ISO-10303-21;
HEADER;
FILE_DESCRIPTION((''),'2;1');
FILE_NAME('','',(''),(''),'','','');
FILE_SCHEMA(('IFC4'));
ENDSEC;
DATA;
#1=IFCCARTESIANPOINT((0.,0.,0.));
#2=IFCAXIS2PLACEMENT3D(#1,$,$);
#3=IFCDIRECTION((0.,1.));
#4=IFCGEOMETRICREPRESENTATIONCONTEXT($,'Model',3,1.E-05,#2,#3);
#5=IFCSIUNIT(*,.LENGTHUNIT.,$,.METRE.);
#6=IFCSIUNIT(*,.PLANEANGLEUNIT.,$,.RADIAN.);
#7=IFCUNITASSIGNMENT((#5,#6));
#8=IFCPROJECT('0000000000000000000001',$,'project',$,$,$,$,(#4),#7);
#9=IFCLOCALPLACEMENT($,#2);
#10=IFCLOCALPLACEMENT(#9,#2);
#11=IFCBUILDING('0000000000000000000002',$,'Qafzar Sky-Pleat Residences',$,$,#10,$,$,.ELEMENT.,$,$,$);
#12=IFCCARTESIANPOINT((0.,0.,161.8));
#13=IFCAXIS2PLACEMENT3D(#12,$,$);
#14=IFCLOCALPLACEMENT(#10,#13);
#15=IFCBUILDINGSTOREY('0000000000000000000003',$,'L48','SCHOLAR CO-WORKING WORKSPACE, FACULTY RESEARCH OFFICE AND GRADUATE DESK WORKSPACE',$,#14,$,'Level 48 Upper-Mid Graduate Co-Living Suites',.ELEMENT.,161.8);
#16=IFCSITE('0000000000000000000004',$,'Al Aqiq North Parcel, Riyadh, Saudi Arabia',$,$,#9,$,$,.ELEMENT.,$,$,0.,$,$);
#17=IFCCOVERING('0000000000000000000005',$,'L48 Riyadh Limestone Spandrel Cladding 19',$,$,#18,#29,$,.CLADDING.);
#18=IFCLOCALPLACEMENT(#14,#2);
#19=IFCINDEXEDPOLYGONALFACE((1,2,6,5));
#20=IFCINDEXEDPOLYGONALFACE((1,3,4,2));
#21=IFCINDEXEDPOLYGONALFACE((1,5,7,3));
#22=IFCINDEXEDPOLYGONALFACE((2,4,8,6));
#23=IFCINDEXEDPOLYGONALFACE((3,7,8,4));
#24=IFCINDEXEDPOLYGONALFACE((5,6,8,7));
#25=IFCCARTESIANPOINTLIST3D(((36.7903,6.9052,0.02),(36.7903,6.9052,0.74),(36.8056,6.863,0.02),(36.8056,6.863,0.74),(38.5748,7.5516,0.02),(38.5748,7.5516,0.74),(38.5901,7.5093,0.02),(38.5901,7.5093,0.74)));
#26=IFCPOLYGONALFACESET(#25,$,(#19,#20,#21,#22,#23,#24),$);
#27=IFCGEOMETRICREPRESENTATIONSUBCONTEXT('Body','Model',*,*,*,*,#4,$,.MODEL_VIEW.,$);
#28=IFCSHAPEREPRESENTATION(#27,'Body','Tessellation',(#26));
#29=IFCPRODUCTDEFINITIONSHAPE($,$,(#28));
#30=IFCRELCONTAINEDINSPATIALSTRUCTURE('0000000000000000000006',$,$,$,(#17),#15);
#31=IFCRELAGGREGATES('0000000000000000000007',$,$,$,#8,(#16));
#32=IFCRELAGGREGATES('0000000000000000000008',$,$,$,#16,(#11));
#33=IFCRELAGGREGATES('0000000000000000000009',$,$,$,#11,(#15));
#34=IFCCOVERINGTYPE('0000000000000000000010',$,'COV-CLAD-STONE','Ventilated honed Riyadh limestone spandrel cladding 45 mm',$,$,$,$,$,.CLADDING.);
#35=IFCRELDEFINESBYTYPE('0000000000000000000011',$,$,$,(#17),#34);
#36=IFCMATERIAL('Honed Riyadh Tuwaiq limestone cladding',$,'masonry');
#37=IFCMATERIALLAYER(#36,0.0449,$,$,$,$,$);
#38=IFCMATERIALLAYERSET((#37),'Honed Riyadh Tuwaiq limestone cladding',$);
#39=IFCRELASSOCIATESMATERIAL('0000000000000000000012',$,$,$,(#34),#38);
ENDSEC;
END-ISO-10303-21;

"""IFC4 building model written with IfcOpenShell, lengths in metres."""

from ifc_helpers import new_model, si_unit, direction, frame, origin, origin_2d, place, context, subcontext, project, spatial, rectangle, extrude, source, transform, mapped, material, layer, layer_set, type_object, element, save


model = new_model("IFC4")

# Units and contexts
model_context = context("Model", 3, precision=1e-05, world=origin(), true_north=direction((0.0, 1.0)))
body_context = subcontext(model_context, "Body", "Model", "MODEL_VIEW")
ifc_project = project(units=[si_unit("LENGTHUNIT", "METRE"), si_unit("PLANEANGLEUNIT", "RADIAN")], contexts=[model_context])

# Site, building, storey
site_placement = place(None, origin())
site = spatial("IfcSite", under=ifc_project, at=site_placement, Name="Al Aqiq North Parcel, Riyadh, Saudi Arabia", CompositionType="ELEMENT", RefElevation=0.0)
building_placement = place(site_placement, origin())
building = spatial("IfcBuilding", under=site, at=building_placement, Name="Qafzar Sky-Pleat Residences", CompositionType="ELEMENT")
storey_placement = place(building_placement, frame((0.0, 0.0, 161.8)))
storey = spatial("IfcBuildingStorey", under=building, at=storey_placement, Name="L48", Description="SCHOLAR CO-WORKING WORKSPACE, FACULTY RESEARCH OFFICE AND GRADUATE DESK WORKSPACE", LongName="Level 48 Upper-Mid Graduate Co-Living Suites", CompositionType="ELEMENT", Elevation=161.8)

# Covering
ifc_material_1 = material(Name="Honed Riyadh Tuwaiq limestone cladding", Category="masonry")
ifc_layer_1 = layer(ifc_material_1, 0.0449)
ifc_layer_set_1 = layer_set([ifc_layer_1], Name="Honed Riyadh Tuwaiq limestone cladding")
covering_type = type_object("IfcCoveringType", Name="COV-CLAD-STONE", Description="Ventilated honed Riyadh limestone spandrel cladding 45 mm", PredefinedType="CLADDING", material=ifc_layer_set_1)
shared_shape_1 = source(origin(), body_context, "Body", "SweptSolid", [
    extrude(rectangle(XDim=1.8979, YDim=0.0449, at=origin_2d()), origin(), (0.0, 0.0, 1.0), 0.72),
])
covering_1_placement = place(storey_placement, frame((37.6902, 7.2073, 0.02), z_axis=(0.0, 0.0, 1.0), x_axis=(0.940232, 0.340536, 0.0)))
element("IfcCovering", 1, at=covering_1_placement, inside=storey, type_object=covering_type, Name="L48 Riyadh Limestone Spandrel Cladding 19", PredefinedType="CLADDING", context=body_context, shape_type="MappedRepresentation", body=[
    mapped(shared_shape_1, transform((0.0, 0.0, 0.0), x_axis=(1.0, 0.0, 0.0), y_axis=(0.0, 1.0, 0.0), z_axis=(0.0, 0.0, 1.0), scale=1.0)),
])

save(model, "model.ifc")
